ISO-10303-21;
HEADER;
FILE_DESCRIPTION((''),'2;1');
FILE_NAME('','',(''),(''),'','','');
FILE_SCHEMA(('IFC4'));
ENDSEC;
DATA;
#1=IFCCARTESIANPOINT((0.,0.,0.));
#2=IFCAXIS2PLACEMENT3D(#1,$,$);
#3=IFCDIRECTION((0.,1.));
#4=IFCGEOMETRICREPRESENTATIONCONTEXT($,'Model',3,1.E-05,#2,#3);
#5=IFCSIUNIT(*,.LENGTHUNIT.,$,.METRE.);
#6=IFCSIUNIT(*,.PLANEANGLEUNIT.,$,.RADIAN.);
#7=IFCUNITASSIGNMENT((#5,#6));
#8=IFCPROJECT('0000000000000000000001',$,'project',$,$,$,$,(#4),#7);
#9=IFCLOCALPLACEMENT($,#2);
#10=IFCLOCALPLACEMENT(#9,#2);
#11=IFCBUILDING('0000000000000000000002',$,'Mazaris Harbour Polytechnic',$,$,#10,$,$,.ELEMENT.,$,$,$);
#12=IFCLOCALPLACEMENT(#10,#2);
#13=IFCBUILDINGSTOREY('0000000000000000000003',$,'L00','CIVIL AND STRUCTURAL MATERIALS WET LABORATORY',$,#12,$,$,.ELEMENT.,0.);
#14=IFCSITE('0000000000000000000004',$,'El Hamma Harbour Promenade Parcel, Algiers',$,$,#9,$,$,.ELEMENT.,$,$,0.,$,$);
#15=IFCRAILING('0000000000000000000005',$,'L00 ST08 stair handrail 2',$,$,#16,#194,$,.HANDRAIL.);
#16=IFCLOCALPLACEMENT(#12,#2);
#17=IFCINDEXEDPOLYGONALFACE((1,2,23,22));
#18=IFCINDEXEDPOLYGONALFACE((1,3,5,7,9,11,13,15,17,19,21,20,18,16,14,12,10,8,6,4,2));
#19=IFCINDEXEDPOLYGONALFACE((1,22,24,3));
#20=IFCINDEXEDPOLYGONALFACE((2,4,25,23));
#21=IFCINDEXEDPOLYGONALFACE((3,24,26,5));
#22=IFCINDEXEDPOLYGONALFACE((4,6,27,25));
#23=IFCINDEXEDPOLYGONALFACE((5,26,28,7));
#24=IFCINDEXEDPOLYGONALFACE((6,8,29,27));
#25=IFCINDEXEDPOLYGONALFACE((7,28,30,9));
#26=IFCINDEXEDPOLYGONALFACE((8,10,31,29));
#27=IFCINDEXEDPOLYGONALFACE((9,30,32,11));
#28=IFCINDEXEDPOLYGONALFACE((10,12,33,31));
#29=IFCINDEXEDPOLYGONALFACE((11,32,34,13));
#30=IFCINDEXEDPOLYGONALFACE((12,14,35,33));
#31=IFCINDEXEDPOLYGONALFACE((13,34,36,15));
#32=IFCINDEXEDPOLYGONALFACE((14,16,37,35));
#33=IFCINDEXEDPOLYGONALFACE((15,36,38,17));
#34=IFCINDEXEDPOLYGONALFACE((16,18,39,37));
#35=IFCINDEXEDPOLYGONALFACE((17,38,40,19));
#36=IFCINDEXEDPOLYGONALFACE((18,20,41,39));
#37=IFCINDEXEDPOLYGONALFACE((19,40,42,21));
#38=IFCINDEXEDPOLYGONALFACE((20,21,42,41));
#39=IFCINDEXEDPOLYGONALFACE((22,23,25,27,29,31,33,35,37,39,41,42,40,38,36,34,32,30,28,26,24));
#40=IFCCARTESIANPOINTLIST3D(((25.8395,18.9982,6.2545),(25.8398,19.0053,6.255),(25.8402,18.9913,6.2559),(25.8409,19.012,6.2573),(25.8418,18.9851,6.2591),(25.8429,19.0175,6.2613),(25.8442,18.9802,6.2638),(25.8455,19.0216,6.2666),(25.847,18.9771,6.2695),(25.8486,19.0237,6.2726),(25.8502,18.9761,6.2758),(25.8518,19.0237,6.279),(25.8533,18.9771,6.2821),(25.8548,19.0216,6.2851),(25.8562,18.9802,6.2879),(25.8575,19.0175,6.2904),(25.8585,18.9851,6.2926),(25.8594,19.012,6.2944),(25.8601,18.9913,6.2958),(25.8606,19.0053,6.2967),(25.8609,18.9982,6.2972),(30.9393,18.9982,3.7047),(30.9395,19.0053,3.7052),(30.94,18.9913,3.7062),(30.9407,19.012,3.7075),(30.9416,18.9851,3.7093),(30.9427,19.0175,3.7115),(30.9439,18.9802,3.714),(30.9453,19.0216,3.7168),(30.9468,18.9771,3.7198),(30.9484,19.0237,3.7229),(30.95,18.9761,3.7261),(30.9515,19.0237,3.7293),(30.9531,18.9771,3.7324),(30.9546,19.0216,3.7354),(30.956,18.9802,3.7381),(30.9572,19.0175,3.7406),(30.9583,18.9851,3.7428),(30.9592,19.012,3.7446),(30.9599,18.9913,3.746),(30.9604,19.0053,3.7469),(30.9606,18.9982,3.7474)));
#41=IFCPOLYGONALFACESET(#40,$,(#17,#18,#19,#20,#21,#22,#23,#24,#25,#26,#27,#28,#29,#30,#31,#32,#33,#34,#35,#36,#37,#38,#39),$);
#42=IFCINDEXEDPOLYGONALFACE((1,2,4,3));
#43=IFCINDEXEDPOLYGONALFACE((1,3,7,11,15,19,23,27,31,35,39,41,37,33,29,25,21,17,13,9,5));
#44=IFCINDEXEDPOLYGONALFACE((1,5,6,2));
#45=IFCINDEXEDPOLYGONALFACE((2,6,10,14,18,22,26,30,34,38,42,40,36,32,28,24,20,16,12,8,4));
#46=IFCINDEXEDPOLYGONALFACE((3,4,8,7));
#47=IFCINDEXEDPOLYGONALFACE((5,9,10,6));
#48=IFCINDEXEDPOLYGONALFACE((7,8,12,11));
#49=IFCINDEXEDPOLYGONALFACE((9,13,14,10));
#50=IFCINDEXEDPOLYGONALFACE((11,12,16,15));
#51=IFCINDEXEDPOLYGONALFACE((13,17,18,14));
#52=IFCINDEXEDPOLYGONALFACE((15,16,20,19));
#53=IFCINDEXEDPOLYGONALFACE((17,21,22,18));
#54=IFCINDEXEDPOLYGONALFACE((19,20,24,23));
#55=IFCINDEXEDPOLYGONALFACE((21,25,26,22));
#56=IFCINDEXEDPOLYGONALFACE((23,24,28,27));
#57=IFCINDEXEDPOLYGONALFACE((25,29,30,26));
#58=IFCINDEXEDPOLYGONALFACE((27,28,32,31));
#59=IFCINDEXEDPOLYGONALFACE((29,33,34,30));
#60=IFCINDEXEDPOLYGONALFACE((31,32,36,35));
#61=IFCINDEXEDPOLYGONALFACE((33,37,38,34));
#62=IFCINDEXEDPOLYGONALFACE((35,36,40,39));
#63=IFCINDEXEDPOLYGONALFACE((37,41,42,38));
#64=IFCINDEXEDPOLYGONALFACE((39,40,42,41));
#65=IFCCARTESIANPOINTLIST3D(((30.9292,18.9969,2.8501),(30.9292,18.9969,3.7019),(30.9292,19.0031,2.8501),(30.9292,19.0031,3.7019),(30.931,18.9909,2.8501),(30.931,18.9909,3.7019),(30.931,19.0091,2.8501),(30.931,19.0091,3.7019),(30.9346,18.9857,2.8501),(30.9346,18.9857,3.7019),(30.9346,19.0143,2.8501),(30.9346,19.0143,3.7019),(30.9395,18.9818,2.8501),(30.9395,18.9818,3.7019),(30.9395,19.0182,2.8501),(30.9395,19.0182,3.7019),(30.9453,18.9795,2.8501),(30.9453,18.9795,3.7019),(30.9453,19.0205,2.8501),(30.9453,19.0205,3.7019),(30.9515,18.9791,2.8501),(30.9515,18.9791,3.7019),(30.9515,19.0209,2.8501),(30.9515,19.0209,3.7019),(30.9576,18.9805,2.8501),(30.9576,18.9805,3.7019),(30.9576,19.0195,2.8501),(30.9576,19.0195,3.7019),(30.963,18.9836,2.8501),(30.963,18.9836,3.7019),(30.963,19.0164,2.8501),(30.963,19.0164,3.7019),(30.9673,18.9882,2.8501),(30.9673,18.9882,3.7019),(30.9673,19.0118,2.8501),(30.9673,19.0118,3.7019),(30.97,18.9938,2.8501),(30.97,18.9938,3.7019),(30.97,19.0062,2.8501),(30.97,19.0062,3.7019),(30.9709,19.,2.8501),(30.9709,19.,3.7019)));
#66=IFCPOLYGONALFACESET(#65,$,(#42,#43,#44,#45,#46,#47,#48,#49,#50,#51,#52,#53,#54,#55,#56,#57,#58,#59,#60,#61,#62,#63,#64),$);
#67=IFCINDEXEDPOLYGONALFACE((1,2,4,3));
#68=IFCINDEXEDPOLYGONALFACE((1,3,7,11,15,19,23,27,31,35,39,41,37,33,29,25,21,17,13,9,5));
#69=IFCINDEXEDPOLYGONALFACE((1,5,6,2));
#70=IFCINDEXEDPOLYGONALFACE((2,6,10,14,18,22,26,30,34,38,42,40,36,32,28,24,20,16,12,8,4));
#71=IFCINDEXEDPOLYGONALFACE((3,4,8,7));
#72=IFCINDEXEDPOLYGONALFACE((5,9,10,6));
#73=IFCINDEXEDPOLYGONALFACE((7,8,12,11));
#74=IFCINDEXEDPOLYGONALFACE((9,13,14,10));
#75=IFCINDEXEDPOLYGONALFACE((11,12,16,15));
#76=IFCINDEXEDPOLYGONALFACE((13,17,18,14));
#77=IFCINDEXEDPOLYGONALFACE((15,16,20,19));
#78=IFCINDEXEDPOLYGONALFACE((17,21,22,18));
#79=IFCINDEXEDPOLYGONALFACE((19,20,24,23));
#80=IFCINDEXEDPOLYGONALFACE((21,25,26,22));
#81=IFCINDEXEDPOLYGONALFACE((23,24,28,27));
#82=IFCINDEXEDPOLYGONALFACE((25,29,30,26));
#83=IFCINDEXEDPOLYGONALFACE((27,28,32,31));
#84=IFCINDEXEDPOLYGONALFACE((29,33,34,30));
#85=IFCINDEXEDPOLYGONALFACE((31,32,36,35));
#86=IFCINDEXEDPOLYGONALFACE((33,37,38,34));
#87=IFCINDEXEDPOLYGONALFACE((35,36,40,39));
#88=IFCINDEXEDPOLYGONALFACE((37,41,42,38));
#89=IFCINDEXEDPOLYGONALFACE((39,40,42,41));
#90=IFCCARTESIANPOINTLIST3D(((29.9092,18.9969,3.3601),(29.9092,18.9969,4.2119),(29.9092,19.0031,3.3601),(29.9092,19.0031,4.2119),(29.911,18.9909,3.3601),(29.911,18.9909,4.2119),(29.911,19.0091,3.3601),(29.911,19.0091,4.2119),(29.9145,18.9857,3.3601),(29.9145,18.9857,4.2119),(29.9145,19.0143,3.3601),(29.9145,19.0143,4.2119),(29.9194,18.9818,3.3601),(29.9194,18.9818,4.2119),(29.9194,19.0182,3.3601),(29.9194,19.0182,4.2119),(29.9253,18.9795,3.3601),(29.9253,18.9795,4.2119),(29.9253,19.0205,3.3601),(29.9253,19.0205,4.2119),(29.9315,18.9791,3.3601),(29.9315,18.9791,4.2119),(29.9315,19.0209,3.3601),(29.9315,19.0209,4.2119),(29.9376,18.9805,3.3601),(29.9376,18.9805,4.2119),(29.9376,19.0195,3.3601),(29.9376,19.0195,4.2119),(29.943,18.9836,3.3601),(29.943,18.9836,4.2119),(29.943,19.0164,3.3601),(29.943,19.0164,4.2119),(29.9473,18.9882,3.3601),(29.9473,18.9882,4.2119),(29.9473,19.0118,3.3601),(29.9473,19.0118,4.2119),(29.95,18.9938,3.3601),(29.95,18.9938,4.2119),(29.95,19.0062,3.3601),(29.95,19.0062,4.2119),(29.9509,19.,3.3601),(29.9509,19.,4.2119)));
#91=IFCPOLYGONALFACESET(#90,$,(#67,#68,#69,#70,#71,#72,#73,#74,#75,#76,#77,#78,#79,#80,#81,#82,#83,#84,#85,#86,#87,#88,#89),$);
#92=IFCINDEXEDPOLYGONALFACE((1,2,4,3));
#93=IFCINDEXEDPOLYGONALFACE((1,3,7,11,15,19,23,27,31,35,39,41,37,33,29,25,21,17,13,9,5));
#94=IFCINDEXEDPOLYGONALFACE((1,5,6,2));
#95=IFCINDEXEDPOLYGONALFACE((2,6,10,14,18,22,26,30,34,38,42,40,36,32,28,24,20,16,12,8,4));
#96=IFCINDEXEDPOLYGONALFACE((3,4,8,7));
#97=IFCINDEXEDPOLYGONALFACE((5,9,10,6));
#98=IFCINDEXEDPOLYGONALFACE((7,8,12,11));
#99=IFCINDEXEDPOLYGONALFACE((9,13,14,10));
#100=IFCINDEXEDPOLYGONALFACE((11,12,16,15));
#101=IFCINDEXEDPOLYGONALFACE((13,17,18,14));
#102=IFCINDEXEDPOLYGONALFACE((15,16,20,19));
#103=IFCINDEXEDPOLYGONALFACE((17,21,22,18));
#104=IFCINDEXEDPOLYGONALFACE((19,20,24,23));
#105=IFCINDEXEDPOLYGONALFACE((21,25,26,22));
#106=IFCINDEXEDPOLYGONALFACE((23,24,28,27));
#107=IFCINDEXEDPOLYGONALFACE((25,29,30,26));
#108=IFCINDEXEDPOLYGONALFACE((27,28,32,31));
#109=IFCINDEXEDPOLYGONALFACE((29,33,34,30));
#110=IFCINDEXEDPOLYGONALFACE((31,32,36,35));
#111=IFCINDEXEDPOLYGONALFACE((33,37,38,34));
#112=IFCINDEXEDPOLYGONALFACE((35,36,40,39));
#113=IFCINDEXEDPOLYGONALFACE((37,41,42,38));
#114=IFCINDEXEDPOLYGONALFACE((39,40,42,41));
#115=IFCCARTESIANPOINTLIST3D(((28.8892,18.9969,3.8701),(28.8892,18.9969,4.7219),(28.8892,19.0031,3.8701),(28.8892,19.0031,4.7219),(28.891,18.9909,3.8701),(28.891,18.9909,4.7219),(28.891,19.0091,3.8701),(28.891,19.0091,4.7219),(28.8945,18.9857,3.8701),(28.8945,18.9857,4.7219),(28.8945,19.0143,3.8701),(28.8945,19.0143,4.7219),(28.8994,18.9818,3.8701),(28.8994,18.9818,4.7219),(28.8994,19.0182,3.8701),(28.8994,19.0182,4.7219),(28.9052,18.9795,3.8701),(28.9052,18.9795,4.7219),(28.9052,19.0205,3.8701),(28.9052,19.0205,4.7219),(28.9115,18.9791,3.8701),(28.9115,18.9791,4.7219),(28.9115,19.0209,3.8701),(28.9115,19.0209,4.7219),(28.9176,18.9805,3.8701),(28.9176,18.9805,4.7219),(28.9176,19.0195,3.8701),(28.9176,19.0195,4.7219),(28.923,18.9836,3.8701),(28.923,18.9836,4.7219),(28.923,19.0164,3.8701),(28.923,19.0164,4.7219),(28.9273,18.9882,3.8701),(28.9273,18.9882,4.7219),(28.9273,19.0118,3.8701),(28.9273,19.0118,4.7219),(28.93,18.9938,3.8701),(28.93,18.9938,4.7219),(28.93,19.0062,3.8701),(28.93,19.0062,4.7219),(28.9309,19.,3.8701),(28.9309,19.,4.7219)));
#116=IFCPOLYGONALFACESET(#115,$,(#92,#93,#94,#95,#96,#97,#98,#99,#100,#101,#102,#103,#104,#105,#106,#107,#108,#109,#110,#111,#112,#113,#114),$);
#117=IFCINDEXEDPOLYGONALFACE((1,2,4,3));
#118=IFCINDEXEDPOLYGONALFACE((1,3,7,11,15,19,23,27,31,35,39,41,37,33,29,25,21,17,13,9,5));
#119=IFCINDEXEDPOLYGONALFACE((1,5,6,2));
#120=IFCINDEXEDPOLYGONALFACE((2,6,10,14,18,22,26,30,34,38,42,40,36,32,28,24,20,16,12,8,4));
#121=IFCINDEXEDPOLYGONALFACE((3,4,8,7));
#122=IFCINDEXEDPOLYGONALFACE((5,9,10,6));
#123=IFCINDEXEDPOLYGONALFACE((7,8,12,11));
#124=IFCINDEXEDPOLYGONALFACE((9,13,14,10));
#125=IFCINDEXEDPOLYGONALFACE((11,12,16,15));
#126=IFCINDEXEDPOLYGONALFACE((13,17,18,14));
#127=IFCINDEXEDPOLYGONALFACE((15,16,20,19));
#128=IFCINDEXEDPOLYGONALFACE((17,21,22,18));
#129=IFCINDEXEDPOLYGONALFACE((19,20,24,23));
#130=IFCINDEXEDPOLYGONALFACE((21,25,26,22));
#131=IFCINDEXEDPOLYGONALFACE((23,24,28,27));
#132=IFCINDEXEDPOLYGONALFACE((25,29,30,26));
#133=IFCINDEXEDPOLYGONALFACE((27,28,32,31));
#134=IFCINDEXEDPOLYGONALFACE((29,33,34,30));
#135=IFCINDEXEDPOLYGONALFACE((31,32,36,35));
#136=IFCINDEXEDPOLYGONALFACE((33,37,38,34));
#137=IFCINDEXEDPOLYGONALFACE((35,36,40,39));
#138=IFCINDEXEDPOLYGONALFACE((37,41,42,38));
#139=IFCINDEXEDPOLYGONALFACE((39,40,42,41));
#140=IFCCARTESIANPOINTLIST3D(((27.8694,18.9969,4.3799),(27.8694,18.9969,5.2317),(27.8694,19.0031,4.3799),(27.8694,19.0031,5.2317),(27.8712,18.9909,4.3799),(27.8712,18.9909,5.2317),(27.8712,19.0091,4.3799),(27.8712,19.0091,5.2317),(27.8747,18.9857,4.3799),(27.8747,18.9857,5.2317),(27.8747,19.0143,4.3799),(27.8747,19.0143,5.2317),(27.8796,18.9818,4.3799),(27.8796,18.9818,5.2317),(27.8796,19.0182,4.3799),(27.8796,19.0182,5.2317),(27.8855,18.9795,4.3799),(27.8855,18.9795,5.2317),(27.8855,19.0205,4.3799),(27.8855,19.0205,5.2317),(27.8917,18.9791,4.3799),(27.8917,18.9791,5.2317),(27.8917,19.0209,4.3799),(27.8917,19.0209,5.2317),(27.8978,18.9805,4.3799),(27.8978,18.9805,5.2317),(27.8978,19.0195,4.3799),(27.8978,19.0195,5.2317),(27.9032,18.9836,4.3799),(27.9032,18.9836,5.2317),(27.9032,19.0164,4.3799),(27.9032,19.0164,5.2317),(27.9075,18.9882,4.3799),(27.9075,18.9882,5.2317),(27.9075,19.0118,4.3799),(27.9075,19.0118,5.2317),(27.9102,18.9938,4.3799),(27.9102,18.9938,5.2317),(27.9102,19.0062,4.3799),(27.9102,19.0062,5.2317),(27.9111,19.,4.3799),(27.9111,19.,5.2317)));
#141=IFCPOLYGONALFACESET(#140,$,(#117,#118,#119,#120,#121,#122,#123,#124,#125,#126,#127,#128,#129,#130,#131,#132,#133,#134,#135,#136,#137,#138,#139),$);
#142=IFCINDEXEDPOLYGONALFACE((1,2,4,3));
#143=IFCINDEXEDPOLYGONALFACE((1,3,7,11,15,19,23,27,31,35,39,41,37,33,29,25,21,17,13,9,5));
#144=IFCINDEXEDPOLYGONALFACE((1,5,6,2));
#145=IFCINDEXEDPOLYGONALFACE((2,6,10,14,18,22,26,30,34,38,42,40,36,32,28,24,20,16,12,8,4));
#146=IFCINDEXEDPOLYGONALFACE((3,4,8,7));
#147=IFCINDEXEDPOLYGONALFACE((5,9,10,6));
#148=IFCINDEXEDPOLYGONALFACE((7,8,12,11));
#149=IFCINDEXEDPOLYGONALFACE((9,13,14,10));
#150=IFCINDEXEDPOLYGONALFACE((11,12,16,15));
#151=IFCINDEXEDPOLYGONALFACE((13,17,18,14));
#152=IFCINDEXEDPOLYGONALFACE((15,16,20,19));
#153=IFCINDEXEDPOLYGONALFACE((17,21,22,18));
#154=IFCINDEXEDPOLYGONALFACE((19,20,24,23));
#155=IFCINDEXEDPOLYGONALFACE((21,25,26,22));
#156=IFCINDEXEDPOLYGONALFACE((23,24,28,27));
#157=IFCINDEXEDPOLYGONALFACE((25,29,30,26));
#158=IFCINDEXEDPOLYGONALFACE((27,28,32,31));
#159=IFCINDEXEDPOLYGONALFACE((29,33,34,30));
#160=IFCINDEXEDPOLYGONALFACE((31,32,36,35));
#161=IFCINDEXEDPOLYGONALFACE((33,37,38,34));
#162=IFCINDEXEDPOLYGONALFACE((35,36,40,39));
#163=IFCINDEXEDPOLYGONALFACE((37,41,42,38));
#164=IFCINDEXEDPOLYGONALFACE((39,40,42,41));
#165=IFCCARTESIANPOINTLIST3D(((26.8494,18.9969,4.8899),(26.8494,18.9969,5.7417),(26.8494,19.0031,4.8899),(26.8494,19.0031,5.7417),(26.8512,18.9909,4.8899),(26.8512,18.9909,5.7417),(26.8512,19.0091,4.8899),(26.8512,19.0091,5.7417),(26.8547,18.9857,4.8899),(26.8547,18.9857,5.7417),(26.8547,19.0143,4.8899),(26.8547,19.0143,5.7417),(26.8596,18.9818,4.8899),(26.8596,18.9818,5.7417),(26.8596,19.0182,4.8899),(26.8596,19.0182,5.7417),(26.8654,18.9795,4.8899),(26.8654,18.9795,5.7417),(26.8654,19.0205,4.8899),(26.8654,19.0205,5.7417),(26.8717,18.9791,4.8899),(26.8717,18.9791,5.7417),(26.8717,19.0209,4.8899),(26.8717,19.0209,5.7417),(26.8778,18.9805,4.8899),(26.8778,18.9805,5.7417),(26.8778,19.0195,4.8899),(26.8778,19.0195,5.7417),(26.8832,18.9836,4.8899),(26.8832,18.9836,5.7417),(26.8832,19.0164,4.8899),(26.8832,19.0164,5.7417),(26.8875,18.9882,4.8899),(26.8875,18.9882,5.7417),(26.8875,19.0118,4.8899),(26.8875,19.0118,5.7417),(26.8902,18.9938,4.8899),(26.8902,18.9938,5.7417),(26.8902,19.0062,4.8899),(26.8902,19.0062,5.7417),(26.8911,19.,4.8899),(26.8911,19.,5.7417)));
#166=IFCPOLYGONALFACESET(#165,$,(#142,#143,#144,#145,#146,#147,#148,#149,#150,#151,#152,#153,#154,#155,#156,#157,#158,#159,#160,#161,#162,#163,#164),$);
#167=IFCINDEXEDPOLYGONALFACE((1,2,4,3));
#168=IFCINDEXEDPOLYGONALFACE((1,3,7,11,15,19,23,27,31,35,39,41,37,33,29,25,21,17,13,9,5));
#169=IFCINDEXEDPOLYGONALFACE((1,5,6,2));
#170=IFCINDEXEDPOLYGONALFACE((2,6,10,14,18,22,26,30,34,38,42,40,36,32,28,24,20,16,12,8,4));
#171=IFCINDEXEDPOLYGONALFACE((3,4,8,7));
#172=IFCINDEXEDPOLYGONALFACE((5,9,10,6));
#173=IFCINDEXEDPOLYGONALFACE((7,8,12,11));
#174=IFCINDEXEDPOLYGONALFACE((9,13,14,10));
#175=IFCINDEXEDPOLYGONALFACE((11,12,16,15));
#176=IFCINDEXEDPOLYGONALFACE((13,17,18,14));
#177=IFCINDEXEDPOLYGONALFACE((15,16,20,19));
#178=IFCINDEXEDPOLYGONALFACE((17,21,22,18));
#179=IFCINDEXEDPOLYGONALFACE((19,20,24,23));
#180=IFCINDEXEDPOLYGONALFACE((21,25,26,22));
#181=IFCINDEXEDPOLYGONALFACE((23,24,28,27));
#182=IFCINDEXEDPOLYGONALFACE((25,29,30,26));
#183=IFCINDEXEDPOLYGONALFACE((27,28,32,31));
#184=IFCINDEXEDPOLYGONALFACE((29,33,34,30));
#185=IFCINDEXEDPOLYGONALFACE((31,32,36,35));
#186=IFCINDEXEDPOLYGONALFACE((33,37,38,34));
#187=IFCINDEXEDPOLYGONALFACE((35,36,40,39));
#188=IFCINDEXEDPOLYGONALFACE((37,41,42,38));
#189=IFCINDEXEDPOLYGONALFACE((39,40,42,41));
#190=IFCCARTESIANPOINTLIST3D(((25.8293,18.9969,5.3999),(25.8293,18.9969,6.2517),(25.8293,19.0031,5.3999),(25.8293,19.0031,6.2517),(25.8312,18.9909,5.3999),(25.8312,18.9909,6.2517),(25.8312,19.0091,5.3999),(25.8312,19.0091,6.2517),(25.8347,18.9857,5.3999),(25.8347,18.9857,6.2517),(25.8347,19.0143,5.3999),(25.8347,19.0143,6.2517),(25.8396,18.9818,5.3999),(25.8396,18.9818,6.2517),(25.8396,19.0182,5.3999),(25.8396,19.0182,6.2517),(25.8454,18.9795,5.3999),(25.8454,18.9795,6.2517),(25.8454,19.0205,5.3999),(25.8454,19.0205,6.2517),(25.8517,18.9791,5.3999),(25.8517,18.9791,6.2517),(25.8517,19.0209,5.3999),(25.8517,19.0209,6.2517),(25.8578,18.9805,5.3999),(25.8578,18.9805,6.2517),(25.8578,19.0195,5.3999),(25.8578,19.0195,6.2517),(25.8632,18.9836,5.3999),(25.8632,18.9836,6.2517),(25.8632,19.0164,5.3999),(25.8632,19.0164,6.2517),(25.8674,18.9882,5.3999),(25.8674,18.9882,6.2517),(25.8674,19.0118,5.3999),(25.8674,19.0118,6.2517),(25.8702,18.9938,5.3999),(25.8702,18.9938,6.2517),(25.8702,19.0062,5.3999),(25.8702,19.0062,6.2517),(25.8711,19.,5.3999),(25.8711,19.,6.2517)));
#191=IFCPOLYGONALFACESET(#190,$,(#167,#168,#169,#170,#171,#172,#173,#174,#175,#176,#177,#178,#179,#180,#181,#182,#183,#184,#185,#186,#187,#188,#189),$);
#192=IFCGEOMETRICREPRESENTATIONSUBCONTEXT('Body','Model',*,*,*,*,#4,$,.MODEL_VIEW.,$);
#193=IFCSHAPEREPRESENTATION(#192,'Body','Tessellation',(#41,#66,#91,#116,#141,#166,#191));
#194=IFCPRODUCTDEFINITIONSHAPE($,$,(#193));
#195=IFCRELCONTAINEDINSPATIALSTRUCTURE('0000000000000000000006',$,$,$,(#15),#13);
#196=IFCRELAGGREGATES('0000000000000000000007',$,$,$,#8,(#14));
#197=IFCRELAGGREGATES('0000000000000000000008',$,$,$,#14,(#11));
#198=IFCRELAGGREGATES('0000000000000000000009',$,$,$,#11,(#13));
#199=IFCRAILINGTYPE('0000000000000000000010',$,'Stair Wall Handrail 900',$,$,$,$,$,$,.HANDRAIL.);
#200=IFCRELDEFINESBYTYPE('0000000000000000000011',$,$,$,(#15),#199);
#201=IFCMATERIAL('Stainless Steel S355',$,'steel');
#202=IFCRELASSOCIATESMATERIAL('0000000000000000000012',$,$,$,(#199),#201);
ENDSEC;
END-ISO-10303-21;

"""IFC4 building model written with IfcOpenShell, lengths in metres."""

from ifc_helpers import new_model, si_unit, direction, frame, origin, origin_2d, place, context, subcontext, project, spatial, circle, extrude, material, type_object, element, save


model = new_model("IFC4")

# Units and contexts
model_context = context("Model", 3, precision=1e-05, world=origin(), true_north=direction((0.0, 1.0)))
body_context = subcontext(model_context, "Body", "Model", "MODEL_VIEW")
ifc_project = project(units=[si_unit("LENGTHUNIT", "METRE"), si_unit("PLANEANGLEUNIT", "RADIAN")], contexts=[model_context])

# Site, building, storey
site_placement = place(None, origin())
site = spatial("IfcSite", under=ifc_project, at=site_placement, Name="El Hamma Harbour Promenade Parcel, Algiers", CompositionType="ELEMENT", RefElevation=0.0)
building_placement = place(site_placement, origin())
building = spatial("IfcBuilding", under=site, at=building_placement, Name="Mazaris Harbour Polytechnic", CompositionType="ELEMENT")
storey_placement = place(building_placement, origin())
storey = spatial("IfcBuildingStorey", under=building, at=storey_placement, Name="L00", Description="CIVIL AND STRUCTURAL MATERIALS WET LABORATORY", CompositionType="ELEMENT", Elevation=0.0)

# Railing
ifc_material_1 = material(Name="Stainless Steel S355", Category="steel")
railing_type_1 = type_object("IfcRailingType", Name="Stair Wall Handrail 900", PredefinedType="HANDRAIL", material=ifc_material_1)
railing_1_placement = place(storey_placement, frame((30.95, 19.0, 2.8501)))
element("IfcRailing", 1, at=railing_1_placement, inside=storey, type_object=railing_type_1, Name="L00 ST08 stair handrail 2", PredefinedType="HANDRAIL", context=body_context, shape_type="SweptSolid", body=[
    extrude(circle(Radius=0.0239, at=origin_2d()), frame((0.0, 0.0, 0.876), z_axis=(-0.894436, 0.0, 0.447196), x_axis=(0.0, -1.0, 0.0)), (0.0, 0.0, 1.0), 5.7017),
    extrude(circle(Radius=0.021, at=origin_2d()), origin(), (0.0, 0.0, 1.0), 0.8518),
    extrude(circle(Radius=0.021, at=origin_2d()), frame((-1.02, 0.0, 0.51)), (0.0, 0.0, 1.0), 0.8518),
    extrude(circle(Radius=0.021, at=origin_2d()), frame((-2.04, 0.0, 1.02)), (0.0, 0.0, 1.0), 0.8518),
    extrude(circle(Radius=0.021, at=origin_2d()), frame((-3.0598, 0.0, 1.5298)), (0.0, 0.0, 1.0), 0.8518),
    extrude(circle(Radius=0.021, at=origin_2d()), frame((-4.0798, 0.0, 2.0398)), (0.0, 0.0, 1.0), 0.8518),
    extrude(circle(Radius=0.021, at=origin_2d()), frame((-5.0999, 0.0, 2.5498)), (0.0, 0.0, 1.0), 0.8518),
])

save(model, "model.ifc")
